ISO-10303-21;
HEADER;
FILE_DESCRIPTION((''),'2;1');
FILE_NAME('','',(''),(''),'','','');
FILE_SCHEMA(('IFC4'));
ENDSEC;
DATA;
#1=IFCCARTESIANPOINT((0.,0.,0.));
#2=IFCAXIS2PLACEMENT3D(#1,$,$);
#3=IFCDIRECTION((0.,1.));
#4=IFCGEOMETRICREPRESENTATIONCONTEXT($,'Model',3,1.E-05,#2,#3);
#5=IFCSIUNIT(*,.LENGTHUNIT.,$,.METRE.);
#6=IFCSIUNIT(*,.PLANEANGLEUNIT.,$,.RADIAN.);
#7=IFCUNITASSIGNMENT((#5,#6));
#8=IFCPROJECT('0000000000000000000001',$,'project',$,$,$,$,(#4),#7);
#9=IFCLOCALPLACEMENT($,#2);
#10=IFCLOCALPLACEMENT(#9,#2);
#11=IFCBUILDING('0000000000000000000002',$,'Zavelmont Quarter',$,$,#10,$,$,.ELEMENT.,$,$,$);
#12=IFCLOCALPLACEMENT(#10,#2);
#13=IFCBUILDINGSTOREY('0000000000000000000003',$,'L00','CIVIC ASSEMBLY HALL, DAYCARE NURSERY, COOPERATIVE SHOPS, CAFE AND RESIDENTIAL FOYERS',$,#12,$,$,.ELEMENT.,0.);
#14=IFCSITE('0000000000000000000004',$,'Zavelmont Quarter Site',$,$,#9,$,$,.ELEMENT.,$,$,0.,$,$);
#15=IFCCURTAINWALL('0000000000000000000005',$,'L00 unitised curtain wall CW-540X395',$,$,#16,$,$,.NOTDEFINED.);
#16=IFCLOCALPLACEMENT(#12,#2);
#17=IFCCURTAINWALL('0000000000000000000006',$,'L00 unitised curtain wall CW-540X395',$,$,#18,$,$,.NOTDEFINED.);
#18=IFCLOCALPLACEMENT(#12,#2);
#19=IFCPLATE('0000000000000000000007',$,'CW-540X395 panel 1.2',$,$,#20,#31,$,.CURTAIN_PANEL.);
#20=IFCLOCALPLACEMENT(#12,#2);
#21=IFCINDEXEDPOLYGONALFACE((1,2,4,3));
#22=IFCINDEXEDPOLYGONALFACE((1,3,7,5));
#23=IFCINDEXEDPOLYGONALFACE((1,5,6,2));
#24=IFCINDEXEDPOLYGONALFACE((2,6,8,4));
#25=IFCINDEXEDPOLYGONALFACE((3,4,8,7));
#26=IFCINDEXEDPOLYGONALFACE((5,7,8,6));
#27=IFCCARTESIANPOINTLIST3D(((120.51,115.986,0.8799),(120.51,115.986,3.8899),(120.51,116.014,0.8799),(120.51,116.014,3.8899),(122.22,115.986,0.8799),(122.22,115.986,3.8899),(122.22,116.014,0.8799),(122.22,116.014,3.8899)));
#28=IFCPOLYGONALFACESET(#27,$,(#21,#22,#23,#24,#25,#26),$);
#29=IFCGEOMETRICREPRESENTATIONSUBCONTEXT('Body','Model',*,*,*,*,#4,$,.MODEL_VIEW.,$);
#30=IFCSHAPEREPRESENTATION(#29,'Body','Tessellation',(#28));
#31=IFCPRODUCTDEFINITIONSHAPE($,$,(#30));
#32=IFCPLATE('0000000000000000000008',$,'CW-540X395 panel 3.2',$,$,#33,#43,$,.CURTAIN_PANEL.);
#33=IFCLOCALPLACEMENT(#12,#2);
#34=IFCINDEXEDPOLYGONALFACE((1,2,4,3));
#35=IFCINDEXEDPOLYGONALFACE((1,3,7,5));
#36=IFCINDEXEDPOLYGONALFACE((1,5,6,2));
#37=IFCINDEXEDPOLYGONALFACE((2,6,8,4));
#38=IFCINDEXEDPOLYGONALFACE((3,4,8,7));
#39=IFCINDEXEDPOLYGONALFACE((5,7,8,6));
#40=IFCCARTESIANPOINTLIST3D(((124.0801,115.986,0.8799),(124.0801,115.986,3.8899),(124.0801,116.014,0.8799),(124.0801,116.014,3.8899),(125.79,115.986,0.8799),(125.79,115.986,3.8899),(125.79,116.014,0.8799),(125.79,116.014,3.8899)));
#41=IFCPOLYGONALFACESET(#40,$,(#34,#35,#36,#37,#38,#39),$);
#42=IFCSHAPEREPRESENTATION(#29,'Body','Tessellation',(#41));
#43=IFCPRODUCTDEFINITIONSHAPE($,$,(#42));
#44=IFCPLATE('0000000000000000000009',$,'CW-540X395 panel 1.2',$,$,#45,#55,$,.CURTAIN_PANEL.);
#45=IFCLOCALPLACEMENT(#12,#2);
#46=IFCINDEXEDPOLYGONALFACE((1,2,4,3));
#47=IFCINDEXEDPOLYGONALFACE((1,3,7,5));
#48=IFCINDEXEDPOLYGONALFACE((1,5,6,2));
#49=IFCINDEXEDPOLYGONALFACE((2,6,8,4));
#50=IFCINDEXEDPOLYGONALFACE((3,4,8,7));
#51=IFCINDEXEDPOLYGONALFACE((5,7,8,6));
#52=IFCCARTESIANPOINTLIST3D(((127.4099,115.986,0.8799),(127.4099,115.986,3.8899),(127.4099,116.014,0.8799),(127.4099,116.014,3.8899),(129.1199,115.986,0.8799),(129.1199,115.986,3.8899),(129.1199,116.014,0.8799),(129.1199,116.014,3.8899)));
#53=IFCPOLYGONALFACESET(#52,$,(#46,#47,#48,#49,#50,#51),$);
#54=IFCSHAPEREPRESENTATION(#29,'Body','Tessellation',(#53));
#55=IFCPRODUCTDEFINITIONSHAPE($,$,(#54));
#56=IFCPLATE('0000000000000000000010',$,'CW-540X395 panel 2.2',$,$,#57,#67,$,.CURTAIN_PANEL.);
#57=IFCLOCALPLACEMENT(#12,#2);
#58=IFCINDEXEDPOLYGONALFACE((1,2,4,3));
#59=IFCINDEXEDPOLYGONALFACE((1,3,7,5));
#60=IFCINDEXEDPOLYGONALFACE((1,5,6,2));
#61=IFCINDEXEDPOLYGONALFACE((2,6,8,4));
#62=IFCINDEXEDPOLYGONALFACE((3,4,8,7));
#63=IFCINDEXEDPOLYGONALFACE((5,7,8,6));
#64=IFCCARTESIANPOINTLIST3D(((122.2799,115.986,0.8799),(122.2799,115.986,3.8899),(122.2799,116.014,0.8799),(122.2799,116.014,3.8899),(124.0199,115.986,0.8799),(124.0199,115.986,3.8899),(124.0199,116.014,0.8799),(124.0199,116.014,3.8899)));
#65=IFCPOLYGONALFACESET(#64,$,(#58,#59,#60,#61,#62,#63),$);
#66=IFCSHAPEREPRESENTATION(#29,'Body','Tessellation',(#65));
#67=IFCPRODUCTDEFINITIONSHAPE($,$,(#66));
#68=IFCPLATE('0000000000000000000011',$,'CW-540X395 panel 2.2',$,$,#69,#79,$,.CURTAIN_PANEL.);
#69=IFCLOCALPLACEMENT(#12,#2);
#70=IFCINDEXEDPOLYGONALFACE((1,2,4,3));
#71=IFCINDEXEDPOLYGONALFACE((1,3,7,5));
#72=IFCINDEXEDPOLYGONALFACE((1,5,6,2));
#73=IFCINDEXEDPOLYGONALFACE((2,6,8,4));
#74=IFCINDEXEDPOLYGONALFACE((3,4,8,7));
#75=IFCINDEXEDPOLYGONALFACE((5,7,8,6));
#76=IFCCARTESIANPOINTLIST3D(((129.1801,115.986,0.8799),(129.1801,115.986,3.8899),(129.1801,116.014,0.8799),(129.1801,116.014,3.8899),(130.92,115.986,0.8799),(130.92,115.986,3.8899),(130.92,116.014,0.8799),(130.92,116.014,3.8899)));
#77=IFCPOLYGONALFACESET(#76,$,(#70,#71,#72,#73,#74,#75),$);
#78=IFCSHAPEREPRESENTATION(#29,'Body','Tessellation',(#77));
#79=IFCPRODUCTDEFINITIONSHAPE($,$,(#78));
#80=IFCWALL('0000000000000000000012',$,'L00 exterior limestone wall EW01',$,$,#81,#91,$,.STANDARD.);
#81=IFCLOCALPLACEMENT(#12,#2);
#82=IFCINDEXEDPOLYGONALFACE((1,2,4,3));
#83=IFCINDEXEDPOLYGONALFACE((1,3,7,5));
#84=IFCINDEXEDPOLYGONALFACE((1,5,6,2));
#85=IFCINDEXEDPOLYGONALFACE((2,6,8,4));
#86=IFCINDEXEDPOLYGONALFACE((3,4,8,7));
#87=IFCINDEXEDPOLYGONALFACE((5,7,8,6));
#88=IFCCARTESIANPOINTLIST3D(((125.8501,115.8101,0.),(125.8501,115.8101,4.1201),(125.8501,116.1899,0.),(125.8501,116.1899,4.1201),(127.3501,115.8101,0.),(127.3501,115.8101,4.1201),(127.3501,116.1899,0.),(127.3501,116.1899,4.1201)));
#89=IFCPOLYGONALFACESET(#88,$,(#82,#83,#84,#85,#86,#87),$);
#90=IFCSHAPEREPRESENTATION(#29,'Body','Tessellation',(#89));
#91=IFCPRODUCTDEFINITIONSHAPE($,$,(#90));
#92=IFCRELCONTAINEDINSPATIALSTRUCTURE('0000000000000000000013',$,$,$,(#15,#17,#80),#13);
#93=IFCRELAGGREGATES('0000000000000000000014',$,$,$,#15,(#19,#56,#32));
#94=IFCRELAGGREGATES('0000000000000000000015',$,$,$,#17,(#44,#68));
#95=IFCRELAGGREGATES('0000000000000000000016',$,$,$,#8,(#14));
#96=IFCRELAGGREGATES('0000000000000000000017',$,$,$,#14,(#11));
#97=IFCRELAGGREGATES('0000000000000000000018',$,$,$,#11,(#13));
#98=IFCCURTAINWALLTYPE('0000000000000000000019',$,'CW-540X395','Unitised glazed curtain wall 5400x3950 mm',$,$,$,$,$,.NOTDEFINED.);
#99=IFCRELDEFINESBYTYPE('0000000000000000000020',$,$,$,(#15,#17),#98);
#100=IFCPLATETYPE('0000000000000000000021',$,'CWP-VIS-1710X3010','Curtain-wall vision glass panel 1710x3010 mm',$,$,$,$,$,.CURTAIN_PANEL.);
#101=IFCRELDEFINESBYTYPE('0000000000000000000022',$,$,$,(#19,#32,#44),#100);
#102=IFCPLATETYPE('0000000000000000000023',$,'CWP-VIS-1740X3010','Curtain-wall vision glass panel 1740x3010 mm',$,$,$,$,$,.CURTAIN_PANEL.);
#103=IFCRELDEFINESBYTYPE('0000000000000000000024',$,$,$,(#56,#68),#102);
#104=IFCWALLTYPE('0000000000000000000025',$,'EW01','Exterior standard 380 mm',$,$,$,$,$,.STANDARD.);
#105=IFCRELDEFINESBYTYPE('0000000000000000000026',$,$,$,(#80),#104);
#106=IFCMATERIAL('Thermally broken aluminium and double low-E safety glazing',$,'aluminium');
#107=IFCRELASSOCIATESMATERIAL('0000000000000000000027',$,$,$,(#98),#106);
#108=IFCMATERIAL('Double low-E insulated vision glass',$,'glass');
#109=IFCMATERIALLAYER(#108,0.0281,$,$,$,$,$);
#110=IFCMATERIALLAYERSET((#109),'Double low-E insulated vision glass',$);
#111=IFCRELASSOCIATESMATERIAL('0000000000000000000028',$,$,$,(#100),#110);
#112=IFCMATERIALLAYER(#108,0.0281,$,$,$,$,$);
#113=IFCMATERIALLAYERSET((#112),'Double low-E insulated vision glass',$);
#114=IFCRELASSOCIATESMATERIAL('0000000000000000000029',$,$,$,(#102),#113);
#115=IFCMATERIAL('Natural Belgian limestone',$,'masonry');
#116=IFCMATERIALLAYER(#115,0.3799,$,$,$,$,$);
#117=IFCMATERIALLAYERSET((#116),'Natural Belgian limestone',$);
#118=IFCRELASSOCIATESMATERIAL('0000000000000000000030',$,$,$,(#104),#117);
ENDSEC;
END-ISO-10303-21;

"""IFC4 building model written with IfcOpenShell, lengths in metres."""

from ifc_helpers import new_model, si_unit, direction, frame, frame_2d, origin, origin_2d, place, context, subcontext, project, spatial, rectangle, extrude, material, layer, layer_set, type_object, element, aggregate, save


model = new_model("IFC4")

# Units and contexts
model_context = context("Model", 3, precision=1e-05, world=origin(), true_north=direction((0.0, 1.0)))
body_context = subcontext(model_context, "Body", "Model", "MODEL_VIEW")
ifc_project = project(units=[si_unit("LENGTHUNIT", "METRE"), si_unit("PLANEANGLEUNIT", "RADIAN")], contexts=[model_context])

# Site, building, storey
site_placement = place(None, origin())
site = spatial("IfcSite", under=ifc_project, at=site_placement, Name="Zavelmont Quarter Site", CompositionType="ELEMENT", RefElevation=0.0)
building_placement = place(site_placement, origin())
building = spatial("IfcBuilding", under=site, at=building_placement, Name="Zavelmont Quarter", CompositionType="ELEMENT")
storey_placement = place(building_placement, origin())
storey = spatial("IfcBuildingStorey", under=building, at=storey_placement, Name="L00", Description="CIVIC ASSEMBLY HALL, DAYCARE NURSERY, COOPERATIVE SHOPS, CAFE AND RESIDENTIAL FOYERS", CompositionType="ELEMENT", Elevation=0.0)

# Curtain walls
ifc_material_1 = material(Name="Thermally broken aluminium and double low-E safety glazing", Category="aluminium")
curtain_wall_type = type_object("IfcCurtainWallType", Name="CW-540X395", Description="Unitised glazed curtain wall 5400x3950 mm", PredefinedType="NOTDEFINED", material=ifc_material_1)
curtain_wall_1_placement = place(storey_placement, origin())
curtain_wall_1 = element("IfcCurtainWall", 1, at=curtain_wall_1_placement, inside=storey, type_object=curtain_wall_type, Name="L00 unitised curtain wall CW-540X395", PredefinedType="NOTDEFINED")
curtain_wall_2_placement = place(storey_placement, origin())
curtain_wall_2 = element("IfcCurtainWall", 2, at=curtain_wall_2_placement, inside=storey, type_object=curtain_wall_type, Name="L00 unitised curtain wall CW-540X395", PredefinedType="NOTDEFINED")

# Plates
ifc_material_2 = material(Name="Double low-E insulated vision glass", Category="glass")
ifc_layer_1 = layer(ifc_material_2, 0.0281)
ifc_layer_set_1 = layer_set([ifc_layer_1], Name="Double low-E insulated vision glass")
plate_type_1 = type_object("IfcPlateType", Name="CWP-VIS-1710X3010", Description="Curtain-wall vision glass panel 1710x3010 mm", PredefinedType="CURTAIN_PANEL", material=ifc_layer_set_1)
plate_1_placement = place(storey_placement, frame((121.365, 116.0, 0.8799), z_axis=(0.0, 0.0, 1.0), x_axis=(1.0, 0.0, 0.0)))
plate_1 = element("IfcPlate", 3, at=plate_1_placement, type_object=plate_type_1, Name="CW-540X395 panel 1.2", PredefinedType="CURTAIN_PANEL", context=body_context, shape_type="SweptSolid", body=[
    extrude(rectangle(XDim=1.71, YDim=0.0281, at=origin_2d()), origin(), (0.0, 0.0, 1.0), 3.01),
])
plate_2_placement = place(storey_placement, frame((124.9351, 116.0, 0.8799), z_axis=(0.0, 0.0, 1.0), x_axis=(1.0, 0.0, 0.0)))
plate_2 = element("IfcPlate", 4, at=plate_2_placement, type_object=plate_type_1, Name="CW-540X395 panel 3.2", PredefinedType="CURTAIN_PANEL", context=body_context, shape_type="SweptSolid", body=[
    extrude(rectangle(XDim=1.71, YDim=0.0281, at=origin_2d()), origin(), (0.0, 0.0, 1.0), 3.01),
])
plate_3_placement = place(storey_placement, frame((128.2649, 116.0, 0.8799), z_axis=(0.0, 0.0, 1.0), x_axis=(1.0, 0.0, 0.0)))
plate_3 = element("IfcPlate", 5, at=plate_3_placement, type_object=plate_type_1, Name="CW-540X395 panel 1.2", PredefinedType="CURTAIN_PANEL", context=body_context, shape_type="SweptSolid", body=[
    extrude(rectangle(XDim=1.71, YDim=0.0281, at=origin_2d()), origin(), (0.0, 0.0, 1.0), 3.01),
])
ifc_layer_2 = layer(ifc_material_2, 0.0281)
ifc_layer_set_2 = layer_set([ifc_layer_2], Name="Double low-E insulated vision glass")
plate_type_2 = type_object("IfcPlateType", Name="CWP-VIS-1740X3010", Description="Curtain-wall vision glass panel 1740x3010 mm", PredefinedType="CURTAIN_PANEL", material=ifc_layer_set_2)
plate_4_placement = place(storey_placement, frame((123.1499, 116.0, 0.8799), z_axis=(0.0, 0.0, 1.0), x_axis=(1.0, 0.0, 0.0)))
plate_4 = element("IfcPlate", 6, at=plate_4_placement, type_object=plate_type_2, Name="CW-540X395 panel 2.2", PredefinedType="CURTAIN_PANEL", context=body_context, shape_type="SweptSolid", body=[
    extrude(rectangle(XDim=1.74, YDim=0.0281, at=origin_2d()), origin(), (0.0, 0.0, 1.0), 3.01),
])
aggregate(curtain_wall_1, [plate_1, plate_4, plate_2])
plate_5_placement = place(storey_placement, frame((130.05, 116.0, 0.8799), z_axis=(0.0, 0.0, 1.0), x_axis=(1.0, 0.0, 0.0)))
plate_5 = element("IfcPlate", 7, at=plate_5_placement, type_object=plate_type_2, Name="CW-540X395 panel 2.2", PredefinedType="CURTAIN_PANEL", context=body_context, shape_type="SweptSolid", body=[
    extrude(rectangle(XDim=1.74, YDim=0.0281, at=origin_2d()), origin(), (0.0, 0.0, 1.0), 3.01),
])
aggregate(curtain_wall_2, [plate_3, plate_5])

# Wall
ifc_material_3 = material(Name="Natural Belgian limestone", Category="masonry")
ifc_layer_3 = layer(ifc_material_3, 0.3799)
ifc_layer_set_3 = layer_set([ifc_layer_3], Name="Natural Belgian limestone")
wall_type = type_object("IfcWallType", Name="EW01", Description="Exterior standard 380 mm", PredefinedType="STANDARD", material=ifc_layer_set_3)
wall_placement = place(storey_placement, frame((125.8501, 116.0, 0.0), z_axis=(0.0, 0.0, 1.0), x_axis=(1.0, 0.0, 0.0)))
element("IfcWall", 8, at=wall_placement, inside=storey, type_object=wall_type, Name="L00 exterior limestone wall EW01", PredefinedType="STANDARD", context=body_context, shape_type="SweptSolid", body=[
    extrude(rectangle(XDim=1.5, YDim=0.3799, at=frame_2d((0.75, 0.0))), origin(), (0.0, 0.0, 1.0), 4.1201),
])

save(model, "model.ifc")
